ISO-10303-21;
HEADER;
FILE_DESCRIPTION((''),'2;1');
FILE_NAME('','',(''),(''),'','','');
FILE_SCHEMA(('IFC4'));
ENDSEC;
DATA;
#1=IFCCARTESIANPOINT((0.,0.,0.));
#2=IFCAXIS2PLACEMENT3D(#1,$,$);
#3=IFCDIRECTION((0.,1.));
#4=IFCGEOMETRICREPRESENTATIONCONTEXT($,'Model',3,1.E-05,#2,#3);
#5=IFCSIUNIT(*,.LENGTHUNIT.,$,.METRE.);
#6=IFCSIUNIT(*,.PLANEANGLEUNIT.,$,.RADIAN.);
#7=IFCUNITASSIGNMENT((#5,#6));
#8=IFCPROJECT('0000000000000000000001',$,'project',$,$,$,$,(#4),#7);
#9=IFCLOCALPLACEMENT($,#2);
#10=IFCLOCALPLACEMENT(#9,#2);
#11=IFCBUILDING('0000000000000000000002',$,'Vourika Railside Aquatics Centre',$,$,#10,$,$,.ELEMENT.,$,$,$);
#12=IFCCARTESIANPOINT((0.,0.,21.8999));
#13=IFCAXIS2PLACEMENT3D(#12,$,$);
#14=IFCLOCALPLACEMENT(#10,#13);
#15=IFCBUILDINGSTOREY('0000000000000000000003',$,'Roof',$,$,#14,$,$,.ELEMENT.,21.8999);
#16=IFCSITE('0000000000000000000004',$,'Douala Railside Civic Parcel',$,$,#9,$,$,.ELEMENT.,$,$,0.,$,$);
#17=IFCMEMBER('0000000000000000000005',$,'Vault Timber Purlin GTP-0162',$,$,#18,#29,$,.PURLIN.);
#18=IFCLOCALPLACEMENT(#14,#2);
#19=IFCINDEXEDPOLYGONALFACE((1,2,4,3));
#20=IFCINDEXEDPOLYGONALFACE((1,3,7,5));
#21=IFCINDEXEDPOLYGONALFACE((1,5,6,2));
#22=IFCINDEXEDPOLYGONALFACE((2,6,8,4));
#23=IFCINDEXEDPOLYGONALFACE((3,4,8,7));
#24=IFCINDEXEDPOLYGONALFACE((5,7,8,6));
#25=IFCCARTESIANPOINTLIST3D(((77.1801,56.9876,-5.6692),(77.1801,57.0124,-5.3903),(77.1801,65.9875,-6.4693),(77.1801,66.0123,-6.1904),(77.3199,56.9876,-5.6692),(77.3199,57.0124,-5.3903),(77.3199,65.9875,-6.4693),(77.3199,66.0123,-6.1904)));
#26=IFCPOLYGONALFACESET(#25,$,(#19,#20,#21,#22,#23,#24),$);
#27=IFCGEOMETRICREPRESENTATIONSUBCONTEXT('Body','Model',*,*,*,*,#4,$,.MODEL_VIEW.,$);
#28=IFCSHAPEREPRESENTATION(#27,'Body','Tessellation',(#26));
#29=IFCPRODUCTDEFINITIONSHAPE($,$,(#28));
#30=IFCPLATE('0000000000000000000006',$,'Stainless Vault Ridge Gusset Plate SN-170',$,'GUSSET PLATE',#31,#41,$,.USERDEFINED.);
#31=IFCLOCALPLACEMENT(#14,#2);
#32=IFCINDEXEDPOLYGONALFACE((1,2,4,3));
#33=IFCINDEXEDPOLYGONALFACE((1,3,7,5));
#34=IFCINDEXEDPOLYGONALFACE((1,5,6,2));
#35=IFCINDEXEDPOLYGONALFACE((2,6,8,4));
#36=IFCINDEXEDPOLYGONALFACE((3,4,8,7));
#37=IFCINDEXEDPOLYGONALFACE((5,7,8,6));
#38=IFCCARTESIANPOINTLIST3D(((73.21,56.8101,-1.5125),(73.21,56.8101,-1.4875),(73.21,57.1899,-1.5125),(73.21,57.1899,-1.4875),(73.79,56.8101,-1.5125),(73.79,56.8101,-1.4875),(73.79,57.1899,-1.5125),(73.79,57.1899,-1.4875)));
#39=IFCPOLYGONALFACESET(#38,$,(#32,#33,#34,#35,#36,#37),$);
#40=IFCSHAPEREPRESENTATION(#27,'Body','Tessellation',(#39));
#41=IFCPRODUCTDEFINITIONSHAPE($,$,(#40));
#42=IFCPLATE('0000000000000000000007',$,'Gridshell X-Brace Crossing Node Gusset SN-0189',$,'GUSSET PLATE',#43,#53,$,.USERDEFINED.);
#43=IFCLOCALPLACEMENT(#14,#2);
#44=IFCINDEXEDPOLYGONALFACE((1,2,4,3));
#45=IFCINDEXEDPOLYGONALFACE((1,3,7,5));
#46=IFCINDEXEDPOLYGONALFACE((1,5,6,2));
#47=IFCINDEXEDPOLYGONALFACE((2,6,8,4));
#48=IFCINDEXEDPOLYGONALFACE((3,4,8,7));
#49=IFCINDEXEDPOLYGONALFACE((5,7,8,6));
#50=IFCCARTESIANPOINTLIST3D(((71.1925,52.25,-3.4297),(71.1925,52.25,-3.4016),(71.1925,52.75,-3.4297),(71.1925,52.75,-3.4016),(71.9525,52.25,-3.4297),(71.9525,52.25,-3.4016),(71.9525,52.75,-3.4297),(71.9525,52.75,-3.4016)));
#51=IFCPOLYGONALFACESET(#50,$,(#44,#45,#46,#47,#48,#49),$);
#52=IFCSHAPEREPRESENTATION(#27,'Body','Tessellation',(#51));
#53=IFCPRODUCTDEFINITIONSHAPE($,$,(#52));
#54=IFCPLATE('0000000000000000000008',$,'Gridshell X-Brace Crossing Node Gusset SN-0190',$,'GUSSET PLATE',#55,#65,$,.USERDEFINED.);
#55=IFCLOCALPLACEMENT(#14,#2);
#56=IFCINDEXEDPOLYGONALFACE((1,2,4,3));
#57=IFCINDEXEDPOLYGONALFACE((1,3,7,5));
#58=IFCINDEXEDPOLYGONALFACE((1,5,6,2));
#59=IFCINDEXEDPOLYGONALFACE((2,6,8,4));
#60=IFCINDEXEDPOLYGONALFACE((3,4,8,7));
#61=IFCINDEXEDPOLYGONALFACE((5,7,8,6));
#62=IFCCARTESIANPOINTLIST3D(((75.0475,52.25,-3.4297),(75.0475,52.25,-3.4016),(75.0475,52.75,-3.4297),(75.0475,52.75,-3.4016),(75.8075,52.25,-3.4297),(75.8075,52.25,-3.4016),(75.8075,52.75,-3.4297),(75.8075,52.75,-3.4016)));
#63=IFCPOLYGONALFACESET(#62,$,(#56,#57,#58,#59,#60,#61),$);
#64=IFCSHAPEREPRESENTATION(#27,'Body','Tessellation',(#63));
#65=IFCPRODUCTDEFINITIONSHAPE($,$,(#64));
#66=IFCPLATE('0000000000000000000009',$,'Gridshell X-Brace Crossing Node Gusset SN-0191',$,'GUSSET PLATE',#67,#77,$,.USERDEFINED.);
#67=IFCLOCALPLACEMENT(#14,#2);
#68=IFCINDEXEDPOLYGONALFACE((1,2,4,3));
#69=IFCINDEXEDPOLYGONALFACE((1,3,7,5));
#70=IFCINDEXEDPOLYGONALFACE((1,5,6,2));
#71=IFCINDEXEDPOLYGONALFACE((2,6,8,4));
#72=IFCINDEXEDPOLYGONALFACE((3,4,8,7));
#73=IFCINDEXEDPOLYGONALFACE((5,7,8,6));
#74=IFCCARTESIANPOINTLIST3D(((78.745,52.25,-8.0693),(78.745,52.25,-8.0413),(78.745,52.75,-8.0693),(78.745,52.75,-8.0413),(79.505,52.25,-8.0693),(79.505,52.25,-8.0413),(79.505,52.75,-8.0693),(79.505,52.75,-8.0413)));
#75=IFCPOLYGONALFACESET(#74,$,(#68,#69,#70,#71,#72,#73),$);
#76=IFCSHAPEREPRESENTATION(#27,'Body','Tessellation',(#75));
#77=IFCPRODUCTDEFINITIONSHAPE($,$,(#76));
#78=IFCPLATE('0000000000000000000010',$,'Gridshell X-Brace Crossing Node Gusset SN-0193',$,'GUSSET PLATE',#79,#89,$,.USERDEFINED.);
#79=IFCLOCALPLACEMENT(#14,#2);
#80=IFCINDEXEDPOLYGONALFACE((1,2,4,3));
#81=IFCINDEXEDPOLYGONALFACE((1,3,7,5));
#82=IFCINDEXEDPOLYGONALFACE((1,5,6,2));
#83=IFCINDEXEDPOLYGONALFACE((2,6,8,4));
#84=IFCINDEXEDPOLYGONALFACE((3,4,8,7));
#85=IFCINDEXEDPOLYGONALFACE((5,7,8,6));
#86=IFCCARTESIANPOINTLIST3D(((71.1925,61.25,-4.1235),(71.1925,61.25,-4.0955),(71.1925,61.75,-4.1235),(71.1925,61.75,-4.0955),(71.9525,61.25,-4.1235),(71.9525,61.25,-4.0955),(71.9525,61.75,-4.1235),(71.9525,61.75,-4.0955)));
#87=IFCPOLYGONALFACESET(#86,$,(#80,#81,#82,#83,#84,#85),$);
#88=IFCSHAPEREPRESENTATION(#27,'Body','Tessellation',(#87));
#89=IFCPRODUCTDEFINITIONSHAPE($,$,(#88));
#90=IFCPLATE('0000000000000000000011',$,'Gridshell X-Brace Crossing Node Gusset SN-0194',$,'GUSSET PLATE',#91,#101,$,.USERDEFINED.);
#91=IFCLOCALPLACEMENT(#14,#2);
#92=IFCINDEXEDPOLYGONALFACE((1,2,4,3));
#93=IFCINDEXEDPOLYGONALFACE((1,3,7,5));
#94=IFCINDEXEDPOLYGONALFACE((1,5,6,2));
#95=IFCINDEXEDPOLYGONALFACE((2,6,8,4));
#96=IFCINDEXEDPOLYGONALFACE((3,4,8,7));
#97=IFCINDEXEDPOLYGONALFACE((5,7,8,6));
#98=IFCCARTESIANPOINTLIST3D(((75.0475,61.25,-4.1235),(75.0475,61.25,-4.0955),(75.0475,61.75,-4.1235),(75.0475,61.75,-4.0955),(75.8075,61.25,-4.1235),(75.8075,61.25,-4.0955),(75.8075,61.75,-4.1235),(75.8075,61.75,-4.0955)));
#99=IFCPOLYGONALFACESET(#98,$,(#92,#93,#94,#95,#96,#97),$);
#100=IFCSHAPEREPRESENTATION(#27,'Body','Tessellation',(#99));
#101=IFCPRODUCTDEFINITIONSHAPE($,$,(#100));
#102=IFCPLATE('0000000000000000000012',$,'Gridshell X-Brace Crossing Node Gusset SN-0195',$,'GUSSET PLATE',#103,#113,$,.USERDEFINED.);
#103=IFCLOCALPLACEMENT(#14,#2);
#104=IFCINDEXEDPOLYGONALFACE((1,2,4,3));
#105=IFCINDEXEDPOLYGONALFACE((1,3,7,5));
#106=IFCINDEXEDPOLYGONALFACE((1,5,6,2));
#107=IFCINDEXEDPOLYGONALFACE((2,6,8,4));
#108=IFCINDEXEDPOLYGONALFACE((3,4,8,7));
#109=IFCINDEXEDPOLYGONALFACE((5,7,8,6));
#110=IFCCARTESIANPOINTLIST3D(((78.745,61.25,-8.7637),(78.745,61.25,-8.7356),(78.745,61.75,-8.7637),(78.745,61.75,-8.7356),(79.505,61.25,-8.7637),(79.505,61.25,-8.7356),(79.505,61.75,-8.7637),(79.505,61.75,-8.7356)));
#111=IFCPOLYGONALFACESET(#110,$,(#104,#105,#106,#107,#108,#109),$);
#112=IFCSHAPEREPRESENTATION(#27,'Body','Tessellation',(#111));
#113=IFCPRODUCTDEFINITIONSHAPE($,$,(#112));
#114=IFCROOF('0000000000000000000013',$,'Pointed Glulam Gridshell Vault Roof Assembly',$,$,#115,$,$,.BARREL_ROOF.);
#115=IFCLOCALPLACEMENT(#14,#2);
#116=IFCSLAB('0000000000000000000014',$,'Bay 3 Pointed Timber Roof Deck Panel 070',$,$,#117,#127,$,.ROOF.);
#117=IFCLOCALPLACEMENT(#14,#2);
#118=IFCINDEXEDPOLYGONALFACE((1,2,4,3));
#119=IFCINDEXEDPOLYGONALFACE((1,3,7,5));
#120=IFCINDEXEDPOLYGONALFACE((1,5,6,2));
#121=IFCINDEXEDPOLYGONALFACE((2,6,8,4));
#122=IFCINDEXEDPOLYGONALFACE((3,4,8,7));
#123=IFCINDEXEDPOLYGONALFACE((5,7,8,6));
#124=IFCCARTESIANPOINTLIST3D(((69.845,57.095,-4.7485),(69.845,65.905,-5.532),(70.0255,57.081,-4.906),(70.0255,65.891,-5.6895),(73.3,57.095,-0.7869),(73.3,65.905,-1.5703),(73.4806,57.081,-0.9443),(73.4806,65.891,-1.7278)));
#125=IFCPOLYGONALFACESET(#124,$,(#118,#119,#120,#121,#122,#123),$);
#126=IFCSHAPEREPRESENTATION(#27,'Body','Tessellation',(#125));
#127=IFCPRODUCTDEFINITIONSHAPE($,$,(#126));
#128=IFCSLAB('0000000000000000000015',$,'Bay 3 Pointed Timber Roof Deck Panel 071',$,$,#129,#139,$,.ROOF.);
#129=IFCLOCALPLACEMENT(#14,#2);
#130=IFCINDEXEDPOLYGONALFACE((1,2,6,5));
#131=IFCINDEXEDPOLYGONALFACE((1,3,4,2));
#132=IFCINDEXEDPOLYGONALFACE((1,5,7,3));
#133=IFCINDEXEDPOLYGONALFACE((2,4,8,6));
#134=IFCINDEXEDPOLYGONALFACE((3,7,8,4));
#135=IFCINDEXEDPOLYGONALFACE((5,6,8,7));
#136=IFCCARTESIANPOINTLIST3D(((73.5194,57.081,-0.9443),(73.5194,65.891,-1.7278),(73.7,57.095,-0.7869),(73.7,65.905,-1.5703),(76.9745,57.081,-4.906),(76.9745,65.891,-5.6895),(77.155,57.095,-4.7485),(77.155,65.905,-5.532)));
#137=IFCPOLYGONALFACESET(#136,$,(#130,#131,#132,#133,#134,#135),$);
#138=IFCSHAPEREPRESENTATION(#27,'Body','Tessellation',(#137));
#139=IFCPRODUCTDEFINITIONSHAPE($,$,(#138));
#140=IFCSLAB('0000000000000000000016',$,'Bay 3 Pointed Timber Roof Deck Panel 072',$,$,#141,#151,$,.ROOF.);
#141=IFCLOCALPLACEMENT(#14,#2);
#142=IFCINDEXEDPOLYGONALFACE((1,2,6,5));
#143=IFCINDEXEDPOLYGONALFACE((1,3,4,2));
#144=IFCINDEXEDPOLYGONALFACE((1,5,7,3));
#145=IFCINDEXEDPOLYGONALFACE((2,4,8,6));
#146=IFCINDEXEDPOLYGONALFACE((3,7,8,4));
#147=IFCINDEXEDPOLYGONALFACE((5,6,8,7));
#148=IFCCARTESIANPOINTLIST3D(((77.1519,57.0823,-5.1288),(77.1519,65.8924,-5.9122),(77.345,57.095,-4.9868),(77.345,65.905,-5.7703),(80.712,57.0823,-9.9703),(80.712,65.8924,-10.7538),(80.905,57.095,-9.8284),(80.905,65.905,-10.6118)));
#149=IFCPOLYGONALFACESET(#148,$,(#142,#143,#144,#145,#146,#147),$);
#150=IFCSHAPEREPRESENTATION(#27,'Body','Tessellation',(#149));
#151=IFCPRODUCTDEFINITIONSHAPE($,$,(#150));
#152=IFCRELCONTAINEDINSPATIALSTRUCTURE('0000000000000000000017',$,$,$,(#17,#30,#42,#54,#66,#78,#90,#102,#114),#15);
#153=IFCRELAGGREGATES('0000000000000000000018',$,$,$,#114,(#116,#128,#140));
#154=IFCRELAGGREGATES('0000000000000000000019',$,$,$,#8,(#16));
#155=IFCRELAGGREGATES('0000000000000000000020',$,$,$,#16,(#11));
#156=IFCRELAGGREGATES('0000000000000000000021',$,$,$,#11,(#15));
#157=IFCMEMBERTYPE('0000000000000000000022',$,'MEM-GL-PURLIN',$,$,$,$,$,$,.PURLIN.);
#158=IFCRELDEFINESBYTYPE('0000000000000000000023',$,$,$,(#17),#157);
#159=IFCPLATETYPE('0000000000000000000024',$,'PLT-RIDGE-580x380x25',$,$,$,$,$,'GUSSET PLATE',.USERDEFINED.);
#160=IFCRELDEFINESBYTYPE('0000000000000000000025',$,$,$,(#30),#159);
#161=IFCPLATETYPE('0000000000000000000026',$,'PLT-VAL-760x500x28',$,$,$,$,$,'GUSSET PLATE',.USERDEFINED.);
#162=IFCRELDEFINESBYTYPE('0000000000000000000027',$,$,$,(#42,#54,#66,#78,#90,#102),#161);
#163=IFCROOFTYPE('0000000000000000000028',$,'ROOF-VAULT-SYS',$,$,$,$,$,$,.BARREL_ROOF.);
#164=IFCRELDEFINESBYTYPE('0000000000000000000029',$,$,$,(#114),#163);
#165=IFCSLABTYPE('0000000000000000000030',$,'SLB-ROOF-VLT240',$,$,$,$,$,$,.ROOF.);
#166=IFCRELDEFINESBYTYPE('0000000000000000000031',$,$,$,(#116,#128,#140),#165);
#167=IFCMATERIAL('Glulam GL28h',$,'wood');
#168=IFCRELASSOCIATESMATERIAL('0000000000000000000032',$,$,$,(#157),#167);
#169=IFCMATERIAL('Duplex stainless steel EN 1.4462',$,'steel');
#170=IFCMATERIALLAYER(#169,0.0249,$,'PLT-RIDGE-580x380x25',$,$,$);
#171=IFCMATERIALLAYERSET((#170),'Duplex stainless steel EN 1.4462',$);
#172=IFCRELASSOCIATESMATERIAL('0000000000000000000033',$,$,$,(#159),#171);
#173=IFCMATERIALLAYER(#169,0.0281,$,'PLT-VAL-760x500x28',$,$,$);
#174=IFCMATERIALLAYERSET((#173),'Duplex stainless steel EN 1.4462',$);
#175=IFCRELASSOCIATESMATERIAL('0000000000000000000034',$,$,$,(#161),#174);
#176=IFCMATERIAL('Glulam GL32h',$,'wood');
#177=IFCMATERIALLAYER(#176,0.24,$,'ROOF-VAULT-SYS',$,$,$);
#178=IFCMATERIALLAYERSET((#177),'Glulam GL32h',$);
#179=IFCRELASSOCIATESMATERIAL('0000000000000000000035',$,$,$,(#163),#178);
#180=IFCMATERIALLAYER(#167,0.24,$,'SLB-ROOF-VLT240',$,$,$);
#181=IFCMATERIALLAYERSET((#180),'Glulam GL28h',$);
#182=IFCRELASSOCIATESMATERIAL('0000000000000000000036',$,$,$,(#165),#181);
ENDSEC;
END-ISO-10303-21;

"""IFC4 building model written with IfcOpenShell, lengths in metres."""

from ifc_helpers import new_model, si_unit, direction, frame, origin, origin_2d, place, context, subcontext, project, spatial, polyline, rectangle, outline, extrude, material, layer, layer_set, material_profile, profile_set, type_object, element, aggregate, save


model = new_model("IFC4")

# Units and contexts
model_context = context("Model", 3, precision=1e-05, world=origin(), true_north=direction((0.0, 1.0)))
body_context = subcontext(model_context, "Body", "Model", "MODEL_VIEW")
ifc_project = project(units=[si_unit("LENGTHUNIT", "METRE"), si_unit("PLANEANGLEUNIT", "RADIAN")], contexts=[model_context])

# Site, building, storey
site_placement = place(None, origin())
site = spatial("IfcSite", under=ifc_project, at=site_placement, Name="Douala Railside Civic Parcel", CompositionType="ELEMENT", RefElevation=0.0)
building_placement = place(site_placement, origin())
building = spatial("IfcBuilding", under=site, at=building_placement, Name="Vourika Railside Aquatics Centre", CompositionType="ELEMENT")
storey_placement = place(building_placement, frame((0.0, 0.0, 21.8999)))
storey = spatial("IfcBuildingStorey", under=building, at=storey_placement, Name="Roof", CompositionType="ELEMENT", Elevation=21.8999)

# Shared definitions
ifc_material_1 = material(Name="Glulam GL32h", Category="wood")

# Member
ifc_material_2 = material(Name="Glulam GL28h", Category="wood")
ifc_material_profile_1 = material_profile(ifc_material_2, rectangle(XDim=0.1399, YDim=0.28, at=origin_2d()), Name="GL28h 140x280")
ifc_profile_set_1 = profile_set([ifc_material_profile_1], Name="Glulam GL28h")
member_type_1 = type_object("IfcMemberType", Name="MEM-GL-PURLIN", PredefinedType="PURLIN", material=ifc_profile_set_1)
for number, where, z_axis, x_axis, name in (
    (1, (77.25, 57.0, -5.5298), (0.0, 0.996072, -0.088545), (-1.0, 0.0, 0.0), "Vault Timber Purlin GTP-0162"),
):
    element("IfcMember", number, at=place(storey_placement, frame(where, z_axis=z_axis, x_axis=x_axis)), inside=storey, type_object=member_type_1, Name=name, PredefinedType="PURLIN", context=body_context, shape_type="SweptSolid", body=[
        extrude(rectangle(XDim=0.1399, YDim=0.28, at=origin_2d()), origin(), (0.0, 0.0, 1.0), 9.0354),
    ])

# Plates
ifc_material_3 = material(Name="Duplex stainless steel EN 1.4462", Category="steel")
ifc_layer_1 = layer(ifc_material_3, 0.0249, Name="PLT-RIDGE-580x380x25")
ifc_layer_set_1 = layer_set([ifc_layer_1], Name="Duplex stainless steel EN 1.4462")
plate_type_1 = type_object("IfcPlateType", Name="PLT-RIDGE-580x380x25", ElementType="GUSSET PLATE", PredefinedType="USERDEFINED", material=ifc_layer_set_1)
plate_placement = place(storey_placement, frame((73.5, 57.0, -1.5125), z_axis=(0.0, 0.0, 1.0), x_axis=(1.0, 0.0, 0.0)))
element("IfcPlate", 2, at=plate_placement, inside=storey, type_object=plate_type_1, Name="Stainless Vault Ridge Gusset Plate SN-170", ObjectType="GUSSET PLATE", PredefinedType="USERDEFINED", context=body_context, shape_type="SweptSolid", body=[
    extrude(rectangle(XDim=0.5801, YDim=0.3799, at=origin_2d()), origin(), (0.0, 0.0, 1.0), 0.0249),
])
ifc_layer_2 = layer(ifc_material_3, 0.0281, Name="PLT-VAL-760x500x28")
ifc_layer_set_2 = layer_set([ifc_layer_2], Name="Duplex stainless steel EN 1.4462")
plate_type_2 = type_object("IfcPlateType", Name="PLT-VAL-760x500x28", ElementType="GUSSET PLATE", PredefinedType="USERDEFINED", material=ifc_layer_set_2)
for number, where, z_axis, x_axis, name in (
    (3, (71.5725, 52.5, -3.4297), (0.0, 0.0, 1.0), (1.0, 0.0, 0.0), "Gridshell X-Brace Crossing Node Gusset SN-0189"),
    (4, (75.4275, 52.5, -3.4297), (0.0, 0.0, 1.0), (1.0, 0.0, 0.0), "Gridshell X-Brace Crossing Node Gusset SN-0190"),
    (5, (79.125, 52.5, -8.0693), (0.0, 0.0, 1.0), (1.0, 0.0, 0.0), "Gridshell X-Brace Crossing Node Gusset SN-0191"),
    (6, (71.5725, 61.5, -4.1235), (0.0, 0.0, 1.0), (1.0, 0.0, 0.0), "Gridshell X-Brace Crossing Node Gusset SN-0193"),
    (7, (75.4275, 61.5, -4.1235), (0.0, 0.0, 1.0), (1.0, 0.0, 0.0), "Gridshell X-Brace Crossing Node Gusset SN-0194"),
    (8, (79.125, 61.5, -8.7637), (0.0, 0.0, 1.0), (1.0, 0.0, 0.0), "Gridshell X-Brace Crossing Node Gusset SN-0195"),
):
    element("IfcPlate", number, at=place(storey_placement, frame(where, z_axis=z_axis, x_axis=x_axis)), inside=storey, type_object=plate_type_2, Name=name, ObjectType="GUSSET PLATE", PredefinedType="USERDEFINED", context=body_context, shape_type="SweptSolid", body=[
        extrude(rectangle(XDim=0.76, YDim=0.5, at=origin_2d()), origin(), (0.0, 0.0, 1.0), 0.0281),
    ])

# Roof, slabs
ifc_layer_3 = layer(ifc_material_1, 0.24, Name="ROOF-VAULT-SYS")
ifc_layer_set_3 = layer_set([ifc_layer_3], Name="Glulam GL32h")
roof_type = type_object("IfcRoofType", Name="ROOF-VAULT-SYS", PredefinedType="BARREL_ROOF", material=ifc_layer_set_3)
roof_placement = place(storey_placement, origin())
roof = element("IfcRoof", 9, at=roof_placement, inside=storey, type_object=roof_type, Name="Pointed Glulam Gridshell Vault Roof Assembly", PredefinedType="BARREL_ROOF")
ifc_layer_4 = layer(ifc_material_2, 0.24, Name="SLB-ROOF-VLT240")
ifc_layer_set_4 = layer_set([ifc_layer_4], Name="Glulam GL28h")
slab_type = type_object("IfcSlabType", Name="SLB-ROOF-VLT240", PredefinedType="ROOF", material=ifc_layer_set_4)
slab_1_placement = place(storey_placement, frame((69.845, 57.095, -4.7485), z_axis=(-0.752365, 0.05835, 0.656157), x_axis=(0.657277, 0.0, 0.753649)))
slab_1 = element("IfcSlab", 10, at=slab_1_placement, type_object=slab_type, Name="Bay 3 Pointed Timber Roof Deck Panel 070", PredefinedType="ROOF", context=body_context, shape_type="SweptSolid", body=[
    extrude(outline(polyline([(0.0, 0.0), (5.2567, 0.0), (4.6662, 8.8251), (-0.5904, 8.8251), (0.0, 0.0)])), origin(), (0.0, 0.0, -1.0), 0.24),
])
slab_2_placement = place(storey_placement, frame((73.7, 57.095, -0.7869), z_axis=(0.752365, 0.05835, 0.656157), x_axis=(0.657277, 0.0, -0.753649)))
slab_2 = element("IfcSlab", 11, at=slab_2_placement, type_object=slab_type, Name="Bay 3 Pointed Timber Roof Deck Panel 071", PredefinedType="ROOF", context=body_context, shape_type="SweptSolid", body=[
    extrude(outline(polyline([(0.0, 0.0), (5.2567, 0.0), (5.8471, 8.8251), (0.5904, 8.8251), (0.0, 0.0)])), origin(), (0.0, 0.0, -1.0), 0.24),
])
slab_3_placement = place(storey_placement, frame((77.345, 57.095, -4.9868), z_axis=(0.804528, 0.052607, 0.59158), x_axis=(0.592401, 0.0, -0.805644)))
slab_3 = element("IfcSlab", 12, at=slab_3_placement, type_object=slab_type, Name="Bay 3 Pointed Timber Roof Deck Panel 072", PredefinedType="ROOF", context=body_context, shape_type="SweptSolid", body=[
    extrude(outline(polyline([(0.0, 0.0), (6.0095, 0.0), (6.6407, 8.8223), (0.6312, 8.8223), (0.0, 0.0)])), origin(), (0.0, 0.0, -1.0), 0.24),
])
aggregate(roof, [slab_1, slab_2, slab_3])

save(model, "model.ifc")
